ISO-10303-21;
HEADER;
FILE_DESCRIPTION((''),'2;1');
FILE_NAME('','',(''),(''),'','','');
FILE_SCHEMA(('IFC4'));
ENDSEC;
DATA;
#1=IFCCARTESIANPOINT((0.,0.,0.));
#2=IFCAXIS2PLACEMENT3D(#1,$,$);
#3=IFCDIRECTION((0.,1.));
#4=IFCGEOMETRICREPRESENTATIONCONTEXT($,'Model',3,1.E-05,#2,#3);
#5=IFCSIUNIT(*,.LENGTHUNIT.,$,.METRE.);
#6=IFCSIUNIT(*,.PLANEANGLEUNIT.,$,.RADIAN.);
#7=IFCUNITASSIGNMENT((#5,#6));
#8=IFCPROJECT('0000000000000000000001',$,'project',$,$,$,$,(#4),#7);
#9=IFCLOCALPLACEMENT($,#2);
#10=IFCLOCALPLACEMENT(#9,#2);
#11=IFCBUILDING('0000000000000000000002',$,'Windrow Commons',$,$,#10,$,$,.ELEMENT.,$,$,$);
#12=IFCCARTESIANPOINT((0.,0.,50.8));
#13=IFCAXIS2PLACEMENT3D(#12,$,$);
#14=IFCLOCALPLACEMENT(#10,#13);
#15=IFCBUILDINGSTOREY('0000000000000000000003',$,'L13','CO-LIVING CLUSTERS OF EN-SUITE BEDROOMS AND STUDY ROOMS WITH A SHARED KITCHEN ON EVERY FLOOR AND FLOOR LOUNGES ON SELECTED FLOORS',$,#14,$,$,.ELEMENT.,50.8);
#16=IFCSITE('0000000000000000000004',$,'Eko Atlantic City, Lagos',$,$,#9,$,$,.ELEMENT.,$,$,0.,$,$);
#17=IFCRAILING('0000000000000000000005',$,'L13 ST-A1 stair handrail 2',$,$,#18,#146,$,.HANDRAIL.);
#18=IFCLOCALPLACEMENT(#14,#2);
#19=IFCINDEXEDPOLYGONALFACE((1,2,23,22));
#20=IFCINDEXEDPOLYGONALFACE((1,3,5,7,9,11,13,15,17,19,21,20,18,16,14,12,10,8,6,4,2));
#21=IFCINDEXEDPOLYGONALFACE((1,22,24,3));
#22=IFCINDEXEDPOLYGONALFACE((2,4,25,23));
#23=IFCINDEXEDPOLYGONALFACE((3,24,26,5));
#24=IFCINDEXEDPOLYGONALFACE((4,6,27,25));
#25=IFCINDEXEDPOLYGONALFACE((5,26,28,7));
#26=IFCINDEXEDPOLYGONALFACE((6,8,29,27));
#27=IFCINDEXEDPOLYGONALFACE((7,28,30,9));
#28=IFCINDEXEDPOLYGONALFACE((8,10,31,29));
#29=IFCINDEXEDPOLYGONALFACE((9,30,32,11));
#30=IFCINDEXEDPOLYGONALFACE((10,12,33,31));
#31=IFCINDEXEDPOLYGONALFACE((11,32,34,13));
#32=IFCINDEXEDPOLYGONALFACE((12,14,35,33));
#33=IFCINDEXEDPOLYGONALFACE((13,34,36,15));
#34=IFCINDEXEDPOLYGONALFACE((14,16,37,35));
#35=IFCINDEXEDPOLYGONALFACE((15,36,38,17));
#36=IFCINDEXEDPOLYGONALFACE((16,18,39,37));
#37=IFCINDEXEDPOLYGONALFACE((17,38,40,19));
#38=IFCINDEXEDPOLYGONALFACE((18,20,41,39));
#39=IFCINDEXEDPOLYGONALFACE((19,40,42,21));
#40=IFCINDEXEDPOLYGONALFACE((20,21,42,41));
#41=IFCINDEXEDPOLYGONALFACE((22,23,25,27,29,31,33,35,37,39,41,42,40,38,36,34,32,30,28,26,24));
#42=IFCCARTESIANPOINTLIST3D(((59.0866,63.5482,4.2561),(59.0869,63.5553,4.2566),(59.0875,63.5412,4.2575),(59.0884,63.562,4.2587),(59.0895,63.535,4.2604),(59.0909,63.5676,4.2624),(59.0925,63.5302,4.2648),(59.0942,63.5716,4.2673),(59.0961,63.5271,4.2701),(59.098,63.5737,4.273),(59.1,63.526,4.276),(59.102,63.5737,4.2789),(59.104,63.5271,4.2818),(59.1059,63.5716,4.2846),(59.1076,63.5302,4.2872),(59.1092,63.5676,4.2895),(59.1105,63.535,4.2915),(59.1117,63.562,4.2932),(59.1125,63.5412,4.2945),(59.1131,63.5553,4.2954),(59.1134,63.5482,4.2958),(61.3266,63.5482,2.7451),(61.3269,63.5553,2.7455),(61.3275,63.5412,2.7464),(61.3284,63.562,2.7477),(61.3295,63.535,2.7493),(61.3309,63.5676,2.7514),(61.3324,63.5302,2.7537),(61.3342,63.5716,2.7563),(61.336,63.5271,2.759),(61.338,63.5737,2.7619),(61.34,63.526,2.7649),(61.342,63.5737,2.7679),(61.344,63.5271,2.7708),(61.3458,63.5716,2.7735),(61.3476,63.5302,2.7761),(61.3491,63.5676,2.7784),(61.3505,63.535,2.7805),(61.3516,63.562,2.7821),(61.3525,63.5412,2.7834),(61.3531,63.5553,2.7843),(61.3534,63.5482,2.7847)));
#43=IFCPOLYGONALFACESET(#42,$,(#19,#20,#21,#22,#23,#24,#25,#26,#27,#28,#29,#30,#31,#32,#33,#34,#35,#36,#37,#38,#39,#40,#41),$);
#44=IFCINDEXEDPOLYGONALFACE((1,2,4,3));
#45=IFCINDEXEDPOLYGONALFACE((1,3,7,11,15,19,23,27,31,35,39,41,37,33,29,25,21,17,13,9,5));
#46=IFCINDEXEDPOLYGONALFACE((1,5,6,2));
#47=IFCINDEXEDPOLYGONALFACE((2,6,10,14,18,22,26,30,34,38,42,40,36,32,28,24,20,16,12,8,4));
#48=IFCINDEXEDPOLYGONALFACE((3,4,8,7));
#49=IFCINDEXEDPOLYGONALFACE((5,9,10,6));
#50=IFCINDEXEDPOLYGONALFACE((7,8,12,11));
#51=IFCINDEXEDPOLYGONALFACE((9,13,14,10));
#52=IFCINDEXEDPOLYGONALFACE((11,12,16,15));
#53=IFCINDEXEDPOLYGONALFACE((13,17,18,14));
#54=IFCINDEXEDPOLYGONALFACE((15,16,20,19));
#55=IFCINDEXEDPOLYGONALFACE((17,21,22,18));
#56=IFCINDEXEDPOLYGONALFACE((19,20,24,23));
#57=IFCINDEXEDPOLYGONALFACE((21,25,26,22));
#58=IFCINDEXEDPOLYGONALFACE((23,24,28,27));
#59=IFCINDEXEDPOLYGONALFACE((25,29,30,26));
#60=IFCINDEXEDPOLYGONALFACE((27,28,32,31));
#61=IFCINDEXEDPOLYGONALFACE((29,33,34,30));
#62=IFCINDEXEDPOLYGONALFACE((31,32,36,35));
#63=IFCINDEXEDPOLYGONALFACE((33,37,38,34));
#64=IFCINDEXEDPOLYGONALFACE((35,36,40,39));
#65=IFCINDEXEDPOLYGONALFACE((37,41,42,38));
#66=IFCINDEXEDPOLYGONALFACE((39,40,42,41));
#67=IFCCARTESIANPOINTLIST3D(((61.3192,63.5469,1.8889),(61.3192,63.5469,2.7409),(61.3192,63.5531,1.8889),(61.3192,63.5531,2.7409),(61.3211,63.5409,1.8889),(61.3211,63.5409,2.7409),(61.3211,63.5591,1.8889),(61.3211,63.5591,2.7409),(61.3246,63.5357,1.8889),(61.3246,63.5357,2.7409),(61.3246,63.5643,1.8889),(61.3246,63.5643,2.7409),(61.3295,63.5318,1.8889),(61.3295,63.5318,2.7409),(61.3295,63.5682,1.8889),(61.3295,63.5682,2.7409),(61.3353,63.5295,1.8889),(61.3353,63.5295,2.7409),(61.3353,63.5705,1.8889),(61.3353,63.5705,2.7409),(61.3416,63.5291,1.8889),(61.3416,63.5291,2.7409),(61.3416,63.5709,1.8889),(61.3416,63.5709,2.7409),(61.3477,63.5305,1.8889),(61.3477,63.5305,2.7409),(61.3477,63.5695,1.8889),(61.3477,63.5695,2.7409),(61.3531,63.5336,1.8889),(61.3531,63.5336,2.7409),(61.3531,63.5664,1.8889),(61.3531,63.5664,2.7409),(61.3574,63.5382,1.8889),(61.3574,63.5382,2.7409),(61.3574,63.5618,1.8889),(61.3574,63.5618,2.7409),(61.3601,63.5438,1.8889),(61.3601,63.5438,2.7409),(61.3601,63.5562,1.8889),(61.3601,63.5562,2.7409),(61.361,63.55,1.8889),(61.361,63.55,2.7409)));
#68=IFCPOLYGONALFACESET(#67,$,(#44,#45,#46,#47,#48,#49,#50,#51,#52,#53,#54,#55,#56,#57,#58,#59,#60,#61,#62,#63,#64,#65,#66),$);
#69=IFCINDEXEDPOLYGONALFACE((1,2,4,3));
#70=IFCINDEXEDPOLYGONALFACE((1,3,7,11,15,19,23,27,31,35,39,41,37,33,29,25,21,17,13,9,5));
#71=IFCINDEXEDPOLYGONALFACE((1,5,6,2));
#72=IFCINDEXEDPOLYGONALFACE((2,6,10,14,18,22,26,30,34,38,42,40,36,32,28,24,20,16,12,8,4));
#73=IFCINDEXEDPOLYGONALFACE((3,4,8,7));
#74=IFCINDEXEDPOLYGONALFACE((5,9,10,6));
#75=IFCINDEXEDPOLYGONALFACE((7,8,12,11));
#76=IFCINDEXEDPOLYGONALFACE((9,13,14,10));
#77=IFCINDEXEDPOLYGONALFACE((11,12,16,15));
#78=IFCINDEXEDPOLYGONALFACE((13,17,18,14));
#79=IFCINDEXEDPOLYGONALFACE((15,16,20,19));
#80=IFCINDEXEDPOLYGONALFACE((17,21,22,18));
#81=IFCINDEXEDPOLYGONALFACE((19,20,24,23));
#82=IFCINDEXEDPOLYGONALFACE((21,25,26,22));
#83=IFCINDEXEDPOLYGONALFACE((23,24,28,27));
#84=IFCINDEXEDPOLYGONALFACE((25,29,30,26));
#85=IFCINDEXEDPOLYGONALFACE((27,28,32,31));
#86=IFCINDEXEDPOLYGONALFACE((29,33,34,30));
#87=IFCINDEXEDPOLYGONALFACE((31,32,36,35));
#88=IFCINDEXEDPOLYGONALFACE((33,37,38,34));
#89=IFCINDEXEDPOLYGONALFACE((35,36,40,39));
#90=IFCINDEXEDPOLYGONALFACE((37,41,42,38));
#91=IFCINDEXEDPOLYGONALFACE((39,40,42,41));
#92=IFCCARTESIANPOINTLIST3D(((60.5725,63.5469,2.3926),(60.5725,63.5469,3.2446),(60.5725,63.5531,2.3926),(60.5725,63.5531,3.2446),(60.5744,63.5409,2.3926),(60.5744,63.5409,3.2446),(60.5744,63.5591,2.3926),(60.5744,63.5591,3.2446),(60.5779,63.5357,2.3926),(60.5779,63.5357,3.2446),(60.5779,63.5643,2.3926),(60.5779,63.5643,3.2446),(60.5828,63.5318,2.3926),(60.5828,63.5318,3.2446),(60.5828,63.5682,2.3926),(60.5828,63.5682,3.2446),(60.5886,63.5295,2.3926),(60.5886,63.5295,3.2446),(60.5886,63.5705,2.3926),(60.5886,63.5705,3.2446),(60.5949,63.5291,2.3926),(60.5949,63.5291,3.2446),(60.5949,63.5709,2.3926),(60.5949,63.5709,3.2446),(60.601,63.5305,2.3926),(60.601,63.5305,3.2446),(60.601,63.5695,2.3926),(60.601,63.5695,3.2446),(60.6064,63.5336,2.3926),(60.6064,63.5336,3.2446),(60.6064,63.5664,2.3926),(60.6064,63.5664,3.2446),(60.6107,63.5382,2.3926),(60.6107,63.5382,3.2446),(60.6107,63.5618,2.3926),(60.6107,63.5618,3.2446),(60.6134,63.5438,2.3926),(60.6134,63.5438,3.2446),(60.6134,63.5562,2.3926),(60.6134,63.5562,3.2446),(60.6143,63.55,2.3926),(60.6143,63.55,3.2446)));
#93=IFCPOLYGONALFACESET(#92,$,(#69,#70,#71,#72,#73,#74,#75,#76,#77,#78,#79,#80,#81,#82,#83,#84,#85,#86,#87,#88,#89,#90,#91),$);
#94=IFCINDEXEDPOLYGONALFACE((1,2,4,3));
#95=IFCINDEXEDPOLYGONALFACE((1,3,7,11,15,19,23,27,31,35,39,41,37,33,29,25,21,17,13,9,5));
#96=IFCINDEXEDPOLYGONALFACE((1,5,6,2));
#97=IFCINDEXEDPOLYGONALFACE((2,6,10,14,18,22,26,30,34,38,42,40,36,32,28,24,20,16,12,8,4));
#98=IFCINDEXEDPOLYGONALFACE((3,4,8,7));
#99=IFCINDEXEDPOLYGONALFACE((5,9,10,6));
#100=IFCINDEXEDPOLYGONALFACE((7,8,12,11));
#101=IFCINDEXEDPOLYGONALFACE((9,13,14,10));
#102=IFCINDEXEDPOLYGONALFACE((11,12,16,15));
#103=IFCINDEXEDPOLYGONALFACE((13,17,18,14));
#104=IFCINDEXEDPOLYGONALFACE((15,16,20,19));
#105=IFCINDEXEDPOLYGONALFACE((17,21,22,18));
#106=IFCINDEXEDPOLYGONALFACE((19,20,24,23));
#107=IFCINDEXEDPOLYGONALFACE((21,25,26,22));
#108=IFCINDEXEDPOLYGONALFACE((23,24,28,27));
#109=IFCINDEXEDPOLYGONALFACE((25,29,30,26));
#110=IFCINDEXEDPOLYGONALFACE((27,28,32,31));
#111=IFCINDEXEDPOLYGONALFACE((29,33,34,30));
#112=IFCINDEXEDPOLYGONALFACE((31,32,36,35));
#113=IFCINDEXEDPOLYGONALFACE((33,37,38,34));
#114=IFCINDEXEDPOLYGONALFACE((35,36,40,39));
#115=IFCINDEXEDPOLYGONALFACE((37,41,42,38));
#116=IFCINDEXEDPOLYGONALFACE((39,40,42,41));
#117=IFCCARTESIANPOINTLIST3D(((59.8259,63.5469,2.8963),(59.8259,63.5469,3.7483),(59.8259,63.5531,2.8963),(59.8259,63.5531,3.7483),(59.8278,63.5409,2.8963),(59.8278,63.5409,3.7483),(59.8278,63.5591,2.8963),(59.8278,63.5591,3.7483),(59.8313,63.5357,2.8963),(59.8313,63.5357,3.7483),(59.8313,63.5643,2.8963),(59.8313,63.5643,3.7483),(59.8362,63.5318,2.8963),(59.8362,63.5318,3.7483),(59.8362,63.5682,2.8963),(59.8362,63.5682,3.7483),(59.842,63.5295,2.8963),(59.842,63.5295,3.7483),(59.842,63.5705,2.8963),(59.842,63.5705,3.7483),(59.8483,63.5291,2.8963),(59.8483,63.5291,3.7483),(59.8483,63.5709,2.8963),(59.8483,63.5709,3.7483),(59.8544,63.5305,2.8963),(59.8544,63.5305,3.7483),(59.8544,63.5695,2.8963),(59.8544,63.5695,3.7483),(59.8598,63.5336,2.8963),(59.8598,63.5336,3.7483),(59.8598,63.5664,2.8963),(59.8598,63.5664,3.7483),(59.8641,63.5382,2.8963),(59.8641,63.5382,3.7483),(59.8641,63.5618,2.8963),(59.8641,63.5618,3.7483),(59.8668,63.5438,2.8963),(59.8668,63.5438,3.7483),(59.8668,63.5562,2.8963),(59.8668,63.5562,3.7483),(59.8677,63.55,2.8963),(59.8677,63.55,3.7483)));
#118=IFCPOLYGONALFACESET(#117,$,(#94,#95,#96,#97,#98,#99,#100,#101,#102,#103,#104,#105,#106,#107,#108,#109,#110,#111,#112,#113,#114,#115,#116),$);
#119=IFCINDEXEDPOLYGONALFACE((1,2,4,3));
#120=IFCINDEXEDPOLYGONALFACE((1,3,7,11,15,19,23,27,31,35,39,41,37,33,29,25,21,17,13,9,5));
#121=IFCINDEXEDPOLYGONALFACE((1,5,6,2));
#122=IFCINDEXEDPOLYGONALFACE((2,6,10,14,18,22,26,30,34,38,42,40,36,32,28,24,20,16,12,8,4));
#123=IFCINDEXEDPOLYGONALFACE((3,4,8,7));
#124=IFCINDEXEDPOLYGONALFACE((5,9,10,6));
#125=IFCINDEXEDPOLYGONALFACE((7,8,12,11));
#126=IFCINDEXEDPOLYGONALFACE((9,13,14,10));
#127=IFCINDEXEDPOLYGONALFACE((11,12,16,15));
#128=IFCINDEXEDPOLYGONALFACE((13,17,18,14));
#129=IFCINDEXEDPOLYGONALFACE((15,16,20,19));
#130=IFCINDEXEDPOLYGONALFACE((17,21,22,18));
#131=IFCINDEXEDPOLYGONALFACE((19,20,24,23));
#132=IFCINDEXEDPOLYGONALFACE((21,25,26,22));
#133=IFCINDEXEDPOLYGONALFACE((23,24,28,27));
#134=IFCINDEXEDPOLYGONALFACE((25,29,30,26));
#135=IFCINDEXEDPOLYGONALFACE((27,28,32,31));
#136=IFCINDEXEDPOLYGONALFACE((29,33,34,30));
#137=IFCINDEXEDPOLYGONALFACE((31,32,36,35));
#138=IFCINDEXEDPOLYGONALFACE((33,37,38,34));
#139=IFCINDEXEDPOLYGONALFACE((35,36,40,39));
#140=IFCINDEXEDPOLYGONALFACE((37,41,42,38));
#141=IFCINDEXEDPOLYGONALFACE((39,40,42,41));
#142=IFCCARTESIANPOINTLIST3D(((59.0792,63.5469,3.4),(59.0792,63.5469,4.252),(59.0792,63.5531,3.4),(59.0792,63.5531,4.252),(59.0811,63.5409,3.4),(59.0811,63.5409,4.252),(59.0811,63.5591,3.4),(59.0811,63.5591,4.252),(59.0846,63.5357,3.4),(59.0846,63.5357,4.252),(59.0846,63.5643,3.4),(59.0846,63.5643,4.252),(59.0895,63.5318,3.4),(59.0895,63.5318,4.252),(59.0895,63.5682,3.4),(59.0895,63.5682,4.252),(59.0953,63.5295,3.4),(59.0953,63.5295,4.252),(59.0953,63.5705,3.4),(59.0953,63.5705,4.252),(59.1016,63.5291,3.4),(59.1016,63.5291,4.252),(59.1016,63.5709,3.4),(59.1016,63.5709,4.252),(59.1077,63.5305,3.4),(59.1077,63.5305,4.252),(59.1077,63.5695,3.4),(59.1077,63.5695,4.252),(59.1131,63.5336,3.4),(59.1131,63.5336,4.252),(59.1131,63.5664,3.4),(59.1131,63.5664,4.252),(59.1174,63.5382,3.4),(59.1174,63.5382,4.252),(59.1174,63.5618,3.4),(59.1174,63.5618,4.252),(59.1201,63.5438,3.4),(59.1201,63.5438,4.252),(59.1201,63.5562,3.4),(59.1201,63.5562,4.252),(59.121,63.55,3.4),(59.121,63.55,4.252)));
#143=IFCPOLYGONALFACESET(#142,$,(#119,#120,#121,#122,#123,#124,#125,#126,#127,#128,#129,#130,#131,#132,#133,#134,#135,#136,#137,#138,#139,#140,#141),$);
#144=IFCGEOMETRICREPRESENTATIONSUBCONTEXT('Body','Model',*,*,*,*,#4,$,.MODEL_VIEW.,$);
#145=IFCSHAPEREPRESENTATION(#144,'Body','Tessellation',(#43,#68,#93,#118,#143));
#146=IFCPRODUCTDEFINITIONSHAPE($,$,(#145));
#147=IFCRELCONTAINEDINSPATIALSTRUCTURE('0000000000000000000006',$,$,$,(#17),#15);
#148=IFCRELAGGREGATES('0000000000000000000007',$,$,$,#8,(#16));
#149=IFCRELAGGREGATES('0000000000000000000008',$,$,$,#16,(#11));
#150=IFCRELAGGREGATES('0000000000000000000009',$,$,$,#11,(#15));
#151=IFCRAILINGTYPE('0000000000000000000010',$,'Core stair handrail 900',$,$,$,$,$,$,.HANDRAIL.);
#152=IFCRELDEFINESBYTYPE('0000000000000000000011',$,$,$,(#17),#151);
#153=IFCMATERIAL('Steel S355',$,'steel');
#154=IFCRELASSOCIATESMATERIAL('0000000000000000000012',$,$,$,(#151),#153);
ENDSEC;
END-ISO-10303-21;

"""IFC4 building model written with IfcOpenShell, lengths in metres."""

from ifc_helpers import new_model, si_unit, direction, frame, origin, origin_2d, place, context, subcontext, project, spatial, circle, extrude, material, type_object, element, save


model = new_model("IFC4")

# Units and contexts
model_context = context("Model", 3, precision=1e-05, world=origin(), true_north=direction((0.0, 1.0)))
body_context = subcontext(model_context, "Body", "Model", "MODEL_VIEW")
ifc_project = project(units=[si_unit("LENGTHUNIT", "METRE"), si_unit("PLANEANGLEUNIT", "RADIAN")], contexts=[model_context])

# Site, building, storey
site_placement = place(None, origin())
site = spatial("IfcSite", under=ifc_project, at=site_placement, Name="Eko Atlantic City, Lagos", CompositionType="ELEMENT", RefElevation=0.0)
building_placement = place(site_placement, origin())
building = spatial("IfcBuilding", under=site, at=building_placement, Name="Windrow Commons", CompositionType="ELEMENT")
storey_placement = place(building_placement, frame((0.0, 0.0, 50.8)))
storey = spatial("IfcBuildingStorey", under=building, at=storey_placement, Name="L13", Description="CO-LIVING CLUSTERS OF EN-SUITE BEDROOMS AND STUDY ROOMS WITH A SHARED KITCHEN ON EVERY FLOOR AND FLOOR LOUNGES ON SELECTED FLOORS", CompositionType="ELEMENT", Elevation=50.8)

# Railing
ifc_material_1 = material(Name="Steel S355", Category="steel")
railing_type_1 = type_object("IfcRailingType", Name="Core stair handrail 900", PredefinedType="HANDRAIL", material=ifc_material_1)
railing_1_placement = place(storey_placement, frame((61.34, 63.55, 1.8889)))
element("IfcRailing", 1, at=railing_1_placement, inside=storey, type_object=railing_type_1, Name="L13 ST-A1 stair handrail 2", PredefinedType="HANDRAIL", context=body_context, shape_type="SweptSolid", body=[
    extrude(circle(Radius=0.024, at=origin_2d()), frame((0.0, 0.0, 0.876), z_axis=(-0.829003, 0.0, 0.559244), x_axis=(0.0, -1.0, 0.0)), (0.0, 0.0, 1.0), 2.702),
    extrude(circle(Radius=0.021, at=origin_2d()), origin(), (0.0, 0.0, 1.0), 0.852),
    extrude(circle(Radius=0.021, at=origin_2d()), frame((-0.7467, 0.0, 0.5037)), (0.0, 0.0, 1.0), 0.852),
    extrude(circle(Radius=0.021, at=origin_2d()), frame((-1.4933, 0.0, 1.0074)), (0.0, 0.0, 1.0), 0.852),
    extrude(circle(Radius=0.021, at=origin_2d()), frame((-2.24, 0.0, 1.5111)), (0.0, 0.0, 1.0), 0.852),
])

save(model, "model.ifc")
